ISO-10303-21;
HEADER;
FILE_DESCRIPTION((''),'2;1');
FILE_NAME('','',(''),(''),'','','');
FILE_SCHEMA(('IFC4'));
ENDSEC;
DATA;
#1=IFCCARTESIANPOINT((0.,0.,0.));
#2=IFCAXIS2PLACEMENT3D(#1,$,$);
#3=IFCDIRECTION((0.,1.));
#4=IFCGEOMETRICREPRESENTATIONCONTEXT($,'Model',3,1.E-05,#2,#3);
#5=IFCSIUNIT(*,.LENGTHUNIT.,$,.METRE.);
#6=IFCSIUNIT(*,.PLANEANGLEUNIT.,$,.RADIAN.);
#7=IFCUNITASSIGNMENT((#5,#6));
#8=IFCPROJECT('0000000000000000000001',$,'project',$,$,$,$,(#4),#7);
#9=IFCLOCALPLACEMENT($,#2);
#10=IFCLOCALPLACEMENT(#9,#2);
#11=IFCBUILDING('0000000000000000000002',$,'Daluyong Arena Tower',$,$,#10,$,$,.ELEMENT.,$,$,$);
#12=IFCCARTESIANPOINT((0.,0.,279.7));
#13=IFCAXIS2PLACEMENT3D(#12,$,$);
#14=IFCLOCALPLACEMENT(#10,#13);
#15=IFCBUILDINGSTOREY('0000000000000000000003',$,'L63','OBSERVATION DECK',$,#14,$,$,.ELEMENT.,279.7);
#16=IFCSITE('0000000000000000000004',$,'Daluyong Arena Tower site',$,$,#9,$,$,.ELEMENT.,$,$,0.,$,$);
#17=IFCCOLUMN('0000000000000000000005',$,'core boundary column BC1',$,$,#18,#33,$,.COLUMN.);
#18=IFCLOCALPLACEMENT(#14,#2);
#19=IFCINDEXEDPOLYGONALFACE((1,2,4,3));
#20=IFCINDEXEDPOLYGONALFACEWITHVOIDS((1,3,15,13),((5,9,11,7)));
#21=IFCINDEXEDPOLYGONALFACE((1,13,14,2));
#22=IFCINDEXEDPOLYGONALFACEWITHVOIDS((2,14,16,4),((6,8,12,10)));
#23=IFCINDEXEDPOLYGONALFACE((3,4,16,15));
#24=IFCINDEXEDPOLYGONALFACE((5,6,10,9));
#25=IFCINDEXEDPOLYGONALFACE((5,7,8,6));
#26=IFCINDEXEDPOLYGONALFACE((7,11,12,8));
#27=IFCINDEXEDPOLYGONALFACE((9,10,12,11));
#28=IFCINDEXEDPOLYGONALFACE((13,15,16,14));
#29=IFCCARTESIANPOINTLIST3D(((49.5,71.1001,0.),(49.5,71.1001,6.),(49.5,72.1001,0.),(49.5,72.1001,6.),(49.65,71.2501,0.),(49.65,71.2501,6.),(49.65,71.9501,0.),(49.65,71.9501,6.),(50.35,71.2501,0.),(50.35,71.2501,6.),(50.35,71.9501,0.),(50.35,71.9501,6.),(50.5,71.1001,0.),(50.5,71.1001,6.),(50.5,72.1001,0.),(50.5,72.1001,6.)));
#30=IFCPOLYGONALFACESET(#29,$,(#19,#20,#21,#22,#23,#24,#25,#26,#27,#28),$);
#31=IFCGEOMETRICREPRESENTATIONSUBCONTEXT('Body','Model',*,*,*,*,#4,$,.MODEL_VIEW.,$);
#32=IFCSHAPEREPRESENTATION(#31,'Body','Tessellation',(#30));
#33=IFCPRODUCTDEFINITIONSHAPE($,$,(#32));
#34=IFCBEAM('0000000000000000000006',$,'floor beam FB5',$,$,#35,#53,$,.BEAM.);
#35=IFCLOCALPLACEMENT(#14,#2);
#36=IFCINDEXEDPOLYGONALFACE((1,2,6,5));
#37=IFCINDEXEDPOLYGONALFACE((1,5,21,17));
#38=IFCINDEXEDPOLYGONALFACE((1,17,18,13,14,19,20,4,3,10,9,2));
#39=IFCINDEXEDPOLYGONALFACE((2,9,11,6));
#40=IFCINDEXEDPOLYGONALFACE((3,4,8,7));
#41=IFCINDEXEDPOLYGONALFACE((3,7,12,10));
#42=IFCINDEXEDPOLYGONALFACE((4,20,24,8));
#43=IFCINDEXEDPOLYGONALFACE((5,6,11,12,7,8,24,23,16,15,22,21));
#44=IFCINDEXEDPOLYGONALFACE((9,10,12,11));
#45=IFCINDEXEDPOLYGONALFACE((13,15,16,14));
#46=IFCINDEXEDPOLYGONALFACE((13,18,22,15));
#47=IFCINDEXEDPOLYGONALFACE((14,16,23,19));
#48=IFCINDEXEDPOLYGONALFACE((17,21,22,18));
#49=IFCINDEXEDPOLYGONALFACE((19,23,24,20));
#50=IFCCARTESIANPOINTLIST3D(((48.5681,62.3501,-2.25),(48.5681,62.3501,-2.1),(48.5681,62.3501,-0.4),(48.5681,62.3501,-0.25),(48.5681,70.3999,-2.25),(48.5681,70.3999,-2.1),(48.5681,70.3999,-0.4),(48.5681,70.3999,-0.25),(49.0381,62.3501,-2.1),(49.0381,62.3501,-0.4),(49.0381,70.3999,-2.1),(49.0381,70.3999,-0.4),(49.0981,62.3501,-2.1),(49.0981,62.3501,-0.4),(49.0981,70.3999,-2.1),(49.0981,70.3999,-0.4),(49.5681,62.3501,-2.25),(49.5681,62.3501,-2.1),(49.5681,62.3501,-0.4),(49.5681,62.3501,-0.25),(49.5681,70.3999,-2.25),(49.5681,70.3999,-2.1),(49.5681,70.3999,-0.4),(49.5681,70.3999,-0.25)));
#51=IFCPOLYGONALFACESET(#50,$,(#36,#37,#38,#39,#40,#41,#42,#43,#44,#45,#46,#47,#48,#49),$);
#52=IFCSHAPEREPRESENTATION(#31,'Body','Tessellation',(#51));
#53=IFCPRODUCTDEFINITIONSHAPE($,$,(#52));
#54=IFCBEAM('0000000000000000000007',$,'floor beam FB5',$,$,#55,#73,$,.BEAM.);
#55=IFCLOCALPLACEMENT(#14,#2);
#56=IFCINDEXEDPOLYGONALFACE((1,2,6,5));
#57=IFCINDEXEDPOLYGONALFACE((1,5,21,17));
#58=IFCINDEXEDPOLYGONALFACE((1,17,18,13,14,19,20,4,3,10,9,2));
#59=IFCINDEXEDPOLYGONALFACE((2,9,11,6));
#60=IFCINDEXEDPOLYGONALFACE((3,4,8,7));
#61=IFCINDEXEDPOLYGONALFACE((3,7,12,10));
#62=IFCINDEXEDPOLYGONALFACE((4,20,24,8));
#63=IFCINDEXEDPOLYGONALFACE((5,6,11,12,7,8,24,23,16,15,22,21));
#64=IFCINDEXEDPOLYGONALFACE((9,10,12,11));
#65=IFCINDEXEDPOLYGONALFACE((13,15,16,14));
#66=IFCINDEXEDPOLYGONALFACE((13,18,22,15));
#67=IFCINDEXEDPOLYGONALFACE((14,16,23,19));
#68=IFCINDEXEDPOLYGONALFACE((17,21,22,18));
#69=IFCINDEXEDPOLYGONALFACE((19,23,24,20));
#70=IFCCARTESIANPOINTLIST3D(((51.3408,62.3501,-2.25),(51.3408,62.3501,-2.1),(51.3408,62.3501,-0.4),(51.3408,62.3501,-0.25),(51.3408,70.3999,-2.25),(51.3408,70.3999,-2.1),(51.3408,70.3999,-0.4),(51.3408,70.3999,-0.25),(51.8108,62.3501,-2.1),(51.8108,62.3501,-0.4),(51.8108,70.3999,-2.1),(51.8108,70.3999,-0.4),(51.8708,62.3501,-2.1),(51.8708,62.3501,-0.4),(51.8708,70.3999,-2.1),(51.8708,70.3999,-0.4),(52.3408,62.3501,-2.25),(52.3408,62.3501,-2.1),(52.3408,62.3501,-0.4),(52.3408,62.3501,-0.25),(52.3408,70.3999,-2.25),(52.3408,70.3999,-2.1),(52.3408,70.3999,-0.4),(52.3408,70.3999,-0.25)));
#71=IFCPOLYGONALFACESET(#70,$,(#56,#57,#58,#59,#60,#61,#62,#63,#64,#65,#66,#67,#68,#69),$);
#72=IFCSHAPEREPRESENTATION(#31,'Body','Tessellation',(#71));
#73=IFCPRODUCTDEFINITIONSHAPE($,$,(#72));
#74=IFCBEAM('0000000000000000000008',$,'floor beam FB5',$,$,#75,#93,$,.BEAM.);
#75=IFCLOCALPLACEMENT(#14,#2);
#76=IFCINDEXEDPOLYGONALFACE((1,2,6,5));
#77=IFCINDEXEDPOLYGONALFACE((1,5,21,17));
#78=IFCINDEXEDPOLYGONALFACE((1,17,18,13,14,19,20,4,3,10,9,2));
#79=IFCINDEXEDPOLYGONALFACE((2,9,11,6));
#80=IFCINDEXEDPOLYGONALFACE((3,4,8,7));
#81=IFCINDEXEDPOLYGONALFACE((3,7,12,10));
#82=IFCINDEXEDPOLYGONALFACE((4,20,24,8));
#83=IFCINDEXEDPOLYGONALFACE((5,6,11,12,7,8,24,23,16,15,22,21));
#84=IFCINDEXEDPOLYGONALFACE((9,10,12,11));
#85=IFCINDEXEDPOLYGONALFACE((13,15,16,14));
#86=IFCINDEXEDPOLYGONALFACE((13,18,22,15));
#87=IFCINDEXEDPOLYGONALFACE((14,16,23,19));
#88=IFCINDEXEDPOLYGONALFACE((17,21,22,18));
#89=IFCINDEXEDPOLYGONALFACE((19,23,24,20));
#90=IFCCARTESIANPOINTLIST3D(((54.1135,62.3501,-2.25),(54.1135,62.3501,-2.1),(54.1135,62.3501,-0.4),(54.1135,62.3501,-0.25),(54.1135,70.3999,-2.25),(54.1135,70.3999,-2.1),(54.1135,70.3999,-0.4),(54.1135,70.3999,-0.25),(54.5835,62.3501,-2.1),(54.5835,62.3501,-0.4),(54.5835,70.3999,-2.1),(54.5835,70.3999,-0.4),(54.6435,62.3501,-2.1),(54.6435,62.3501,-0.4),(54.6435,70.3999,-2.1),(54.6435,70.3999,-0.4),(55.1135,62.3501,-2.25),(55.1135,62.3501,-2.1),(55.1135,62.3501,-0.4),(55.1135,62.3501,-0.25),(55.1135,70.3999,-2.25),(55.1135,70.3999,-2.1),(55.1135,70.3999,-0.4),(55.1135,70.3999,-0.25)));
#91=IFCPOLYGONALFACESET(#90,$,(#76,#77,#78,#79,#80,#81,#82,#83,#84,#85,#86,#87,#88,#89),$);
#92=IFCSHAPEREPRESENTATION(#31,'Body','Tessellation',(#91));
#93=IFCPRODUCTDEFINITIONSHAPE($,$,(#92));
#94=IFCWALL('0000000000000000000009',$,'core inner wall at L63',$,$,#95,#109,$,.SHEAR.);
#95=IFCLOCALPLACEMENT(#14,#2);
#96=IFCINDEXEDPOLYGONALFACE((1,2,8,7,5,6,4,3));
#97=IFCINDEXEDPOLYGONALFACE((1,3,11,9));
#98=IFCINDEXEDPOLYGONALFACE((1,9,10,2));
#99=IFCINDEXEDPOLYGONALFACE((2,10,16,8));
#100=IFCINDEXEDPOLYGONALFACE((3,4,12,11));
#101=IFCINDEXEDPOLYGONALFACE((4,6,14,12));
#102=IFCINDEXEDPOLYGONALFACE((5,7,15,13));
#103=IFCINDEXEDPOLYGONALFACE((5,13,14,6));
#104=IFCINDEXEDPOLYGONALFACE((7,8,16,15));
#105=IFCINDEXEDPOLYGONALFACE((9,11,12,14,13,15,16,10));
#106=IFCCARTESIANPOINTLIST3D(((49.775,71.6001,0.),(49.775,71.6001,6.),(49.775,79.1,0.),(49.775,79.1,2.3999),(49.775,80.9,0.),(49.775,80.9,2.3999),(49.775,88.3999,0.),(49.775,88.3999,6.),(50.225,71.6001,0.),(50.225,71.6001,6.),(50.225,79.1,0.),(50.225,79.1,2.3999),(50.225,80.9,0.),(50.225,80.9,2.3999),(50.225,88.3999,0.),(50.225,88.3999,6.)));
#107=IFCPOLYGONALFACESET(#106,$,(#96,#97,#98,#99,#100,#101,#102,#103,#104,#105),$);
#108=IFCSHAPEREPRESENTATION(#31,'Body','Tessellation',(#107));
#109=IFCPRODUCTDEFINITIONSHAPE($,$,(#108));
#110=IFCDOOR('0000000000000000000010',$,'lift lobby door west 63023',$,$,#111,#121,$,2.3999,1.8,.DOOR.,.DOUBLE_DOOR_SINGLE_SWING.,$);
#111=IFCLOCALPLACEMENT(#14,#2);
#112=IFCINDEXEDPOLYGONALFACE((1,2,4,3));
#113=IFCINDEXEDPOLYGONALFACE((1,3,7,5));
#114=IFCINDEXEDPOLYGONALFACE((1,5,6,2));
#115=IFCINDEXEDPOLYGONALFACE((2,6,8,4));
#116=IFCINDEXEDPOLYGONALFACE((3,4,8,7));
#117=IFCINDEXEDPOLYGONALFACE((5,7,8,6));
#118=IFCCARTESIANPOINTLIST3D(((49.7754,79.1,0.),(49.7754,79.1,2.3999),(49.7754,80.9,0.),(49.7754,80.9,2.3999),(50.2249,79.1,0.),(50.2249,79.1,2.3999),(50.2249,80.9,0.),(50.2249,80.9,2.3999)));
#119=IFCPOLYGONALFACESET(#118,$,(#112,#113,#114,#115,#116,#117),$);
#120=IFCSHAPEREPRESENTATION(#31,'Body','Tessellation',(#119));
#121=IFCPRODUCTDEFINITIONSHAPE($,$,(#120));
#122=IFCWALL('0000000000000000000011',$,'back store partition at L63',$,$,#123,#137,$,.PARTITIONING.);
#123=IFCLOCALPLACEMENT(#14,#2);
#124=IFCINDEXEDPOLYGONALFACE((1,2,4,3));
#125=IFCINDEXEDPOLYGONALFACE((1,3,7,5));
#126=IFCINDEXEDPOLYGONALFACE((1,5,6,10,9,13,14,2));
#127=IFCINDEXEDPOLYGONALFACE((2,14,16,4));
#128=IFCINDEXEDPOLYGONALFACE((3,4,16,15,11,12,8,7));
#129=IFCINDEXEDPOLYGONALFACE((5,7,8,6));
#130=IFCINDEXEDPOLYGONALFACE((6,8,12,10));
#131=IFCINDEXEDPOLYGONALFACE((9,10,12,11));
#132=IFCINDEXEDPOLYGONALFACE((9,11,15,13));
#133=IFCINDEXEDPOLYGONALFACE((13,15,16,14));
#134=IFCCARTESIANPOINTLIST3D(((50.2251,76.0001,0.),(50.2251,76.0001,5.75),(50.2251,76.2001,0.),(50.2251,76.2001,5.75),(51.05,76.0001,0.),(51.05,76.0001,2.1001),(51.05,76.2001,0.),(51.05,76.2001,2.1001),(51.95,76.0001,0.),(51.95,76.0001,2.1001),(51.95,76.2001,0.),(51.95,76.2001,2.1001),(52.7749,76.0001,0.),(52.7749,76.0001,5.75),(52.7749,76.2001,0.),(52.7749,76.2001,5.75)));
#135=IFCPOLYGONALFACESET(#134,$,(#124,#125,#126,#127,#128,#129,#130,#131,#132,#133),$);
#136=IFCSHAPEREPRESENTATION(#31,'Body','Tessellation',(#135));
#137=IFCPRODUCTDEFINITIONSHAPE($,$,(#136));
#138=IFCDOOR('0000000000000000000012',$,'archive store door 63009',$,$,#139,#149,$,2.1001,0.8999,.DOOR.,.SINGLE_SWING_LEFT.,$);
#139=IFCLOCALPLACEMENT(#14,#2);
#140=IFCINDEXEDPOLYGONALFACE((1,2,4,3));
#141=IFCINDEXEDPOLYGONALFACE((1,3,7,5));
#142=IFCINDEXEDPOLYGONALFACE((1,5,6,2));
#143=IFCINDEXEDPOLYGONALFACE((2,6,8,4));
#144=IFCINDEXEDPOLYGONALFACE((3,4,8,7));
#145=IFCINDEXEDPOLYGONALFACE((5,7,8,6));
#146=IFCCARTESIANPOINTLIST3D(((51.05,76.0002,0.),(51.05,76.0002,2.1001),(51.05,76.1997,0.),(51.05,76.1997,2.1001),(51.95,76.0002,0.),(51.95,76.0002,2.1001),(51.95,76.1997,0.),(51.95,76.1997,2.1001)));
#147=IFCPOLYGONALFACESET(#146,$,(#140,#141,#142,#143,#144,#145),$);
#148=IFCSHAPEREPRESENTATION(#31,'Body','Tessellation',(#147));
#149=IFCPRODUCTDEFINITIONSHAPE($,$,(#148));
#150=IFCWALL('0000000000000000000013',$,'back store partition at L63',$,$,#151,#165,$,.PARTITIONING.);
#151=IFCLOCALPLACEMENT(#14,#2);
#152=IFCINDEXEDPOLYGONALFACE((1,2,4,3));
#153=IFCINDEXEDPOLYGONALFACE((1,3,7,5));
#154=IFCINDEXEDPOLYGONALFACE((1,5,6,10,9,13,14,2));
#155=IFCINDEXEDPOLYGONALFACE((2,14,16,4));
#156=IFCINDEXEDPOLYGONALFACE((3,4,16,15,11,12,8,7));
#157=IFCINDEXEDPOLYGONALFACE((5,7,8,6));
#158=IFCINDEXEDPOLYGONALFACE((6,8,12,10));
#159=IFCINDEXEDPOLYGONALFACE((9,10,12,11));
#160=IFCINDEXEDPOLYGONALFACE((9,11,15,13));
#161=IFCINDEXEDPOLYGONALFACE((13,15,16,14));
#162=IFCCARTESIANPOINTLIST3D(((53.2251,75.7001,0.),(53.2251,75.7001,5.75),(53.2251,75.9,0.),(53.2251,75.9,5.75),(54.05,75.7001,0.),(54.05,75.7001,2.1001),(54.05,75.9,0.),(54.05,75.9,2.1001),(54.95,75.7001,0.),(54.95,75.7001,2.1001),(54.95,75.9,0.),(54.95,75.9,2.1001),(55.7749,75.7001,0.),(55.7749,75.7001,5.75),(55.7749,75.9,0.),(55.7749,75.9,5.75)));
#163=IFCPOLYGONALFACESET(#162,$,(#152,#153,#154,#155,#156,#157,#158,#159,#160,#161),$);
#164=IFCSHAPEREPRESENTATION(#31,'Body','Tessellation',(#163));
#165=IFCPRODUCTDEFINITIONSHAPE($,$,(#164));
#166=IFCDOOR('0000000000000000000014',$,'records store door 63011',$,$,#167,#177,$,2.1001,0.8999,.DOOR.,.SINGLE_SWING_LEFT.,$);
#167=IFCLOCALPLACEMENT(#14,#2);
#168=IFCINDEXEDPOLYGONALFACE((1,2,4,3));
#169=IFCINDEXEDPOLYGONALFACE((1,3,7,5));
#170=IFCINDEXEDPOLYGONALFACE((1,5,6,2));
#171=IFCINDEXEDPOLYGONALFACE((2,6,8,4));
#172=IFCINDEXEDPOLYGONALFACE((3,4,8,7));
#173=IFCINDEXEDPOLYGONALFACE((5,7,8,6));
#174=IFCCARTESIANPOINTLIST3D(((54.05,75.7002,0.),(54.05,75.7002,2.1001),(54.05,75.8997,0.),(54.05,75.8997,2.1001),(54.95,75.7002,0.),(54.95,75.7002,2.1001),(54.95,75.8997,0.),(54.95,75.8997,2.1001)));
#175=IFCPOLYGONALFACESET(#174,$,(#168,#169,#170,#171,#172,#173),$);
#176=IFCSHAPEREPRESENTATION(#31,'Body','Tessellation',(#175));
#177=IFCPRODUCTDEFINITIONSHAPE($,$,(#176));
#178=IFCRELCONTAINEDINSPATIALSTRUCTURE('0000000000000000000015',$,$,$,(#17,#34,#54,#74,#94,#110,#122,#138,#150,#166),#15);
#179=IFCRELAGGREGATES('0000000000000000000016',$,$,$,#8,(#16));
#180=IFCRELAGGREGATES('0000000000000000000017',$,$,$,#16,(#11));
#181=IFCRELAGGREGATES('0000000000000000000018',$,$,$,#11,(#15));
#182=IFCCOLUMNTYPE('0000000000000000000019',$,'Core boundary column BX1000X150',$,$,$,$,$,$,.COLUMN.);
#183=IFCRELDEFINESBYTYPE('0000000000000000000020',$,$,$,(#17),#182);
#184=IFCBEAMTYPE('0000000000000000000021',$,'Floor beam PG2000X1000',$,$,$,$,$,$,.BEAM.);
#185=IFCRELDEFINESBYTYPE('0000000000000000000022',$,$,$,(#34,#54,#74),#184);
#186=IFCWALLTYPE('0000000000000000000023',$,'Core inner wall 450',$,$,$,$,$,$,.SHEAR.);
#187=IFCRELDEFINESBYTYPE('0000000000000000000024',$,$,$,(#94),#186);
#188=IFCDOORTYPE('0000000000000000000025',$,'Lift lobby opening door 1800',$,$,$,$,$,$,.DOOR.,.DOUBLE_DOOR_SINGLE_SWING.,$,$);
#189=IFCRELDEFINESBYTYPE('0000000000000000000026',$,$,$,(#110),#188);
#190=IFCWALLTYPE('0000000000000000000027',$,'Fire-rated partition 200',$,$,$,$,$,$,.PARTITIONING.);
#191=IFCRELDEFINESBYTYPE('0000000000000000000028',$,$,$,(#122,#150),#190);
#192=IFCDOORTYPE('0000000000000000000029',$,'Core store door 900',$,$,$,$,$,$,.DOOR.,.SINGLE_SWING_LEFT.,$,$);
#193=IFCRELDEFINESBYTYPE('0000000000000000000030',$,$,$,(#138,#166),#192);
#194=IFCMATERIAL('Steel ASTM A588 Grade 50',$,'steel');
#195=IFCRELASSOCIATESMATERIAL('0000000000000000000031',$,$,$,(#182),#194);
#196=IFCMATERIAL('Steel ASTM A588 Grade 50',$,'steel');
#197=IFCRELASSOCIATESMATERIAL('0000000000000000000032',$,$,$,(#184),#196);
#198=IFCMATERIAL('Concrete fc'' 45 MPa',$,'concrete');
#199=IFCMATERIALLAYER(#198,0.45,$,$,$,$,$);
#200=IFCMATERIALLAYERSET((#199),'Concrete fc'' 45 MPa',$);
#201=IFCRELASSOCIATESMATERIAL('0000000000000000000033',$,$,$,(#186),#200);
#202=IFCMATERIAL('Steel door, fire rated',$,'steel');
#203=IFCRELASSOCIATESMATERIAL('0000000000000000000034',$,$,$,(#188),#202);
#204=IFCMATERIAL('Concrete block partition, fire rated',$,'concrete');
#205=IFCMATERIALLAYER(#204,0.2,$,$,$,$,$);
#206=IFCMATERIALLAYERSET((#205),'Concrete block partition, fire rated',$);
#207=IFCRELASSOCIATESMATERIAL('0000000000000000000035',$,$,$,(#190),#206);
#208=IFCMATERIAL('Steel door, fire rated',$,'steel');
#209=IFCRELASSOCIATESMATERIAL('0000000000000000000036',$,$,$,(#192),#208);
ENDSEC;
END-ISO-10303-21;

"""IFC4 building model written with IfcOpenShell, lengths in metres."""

from ifc_helpers import new_model, si_unit, direction, frame, frame_2d, origin, origin_2d, place, context, subcontext, project, spatial, rectangle, hollow_rectangle, i_section, extrude, material, layer, layer_set, material_profile, profile_set, type_object, element, fill, save


model = new_model("IFC4")

# Units and contexts
model_context = context("Model", 3, precision=1e-05, world=origin(), true_north=direction((0.0, 1.0)))
body_context = subcontext(model_context, "Body", "Model", "MODEL_VIEW")
ifc_project = project(units=[si_unit("LENGTHUNIT", "METRE"), si_unit("PLANEANGLEUNIT", "RADIAN")], contexts=[model_context])

# Site, building, storey
site_placement = place(None, origin())
site = spatial("IfcSite", under=ifc_project, at=site_placement, Name="Daluyong Arena Tower site", CompositionType="ELEMENT", RefElevation=0.0)
building_placement = place(site_placement, origin())
building = spatial("IfcBuilding", under=site, at=building_placement, Name="Daluyong Arena Tower", CompositionType="ELEMENT")
storey_placement = place(building_placement, frame((0.0, 0.0, 279.7)))
storey = spatial("IfcBuildingStorey", under=building, at=storey_placement, Name="L63", Description="OBSERVATION DECK", CompositionType="ELEMENT", Elevation=279.7)

# Column
ifc_material_1 = material(Name="Steel ASTM A588 Grade 50", Category="steel")
ifc_material_profile_1 = material_profile(ifc_material_1, hollow_rectangle(XDim=1.0, YDim=1.0, WallThickness=0.15, at=origin_2d()))
ifc_profile_set_1 = profile_set([ifc_material_profile_1], Name="Steel ASTM A588 Grade 50")
column_type = type_object("IfcColumnType", Name="Core boundary column BX1000X150", PredefinedType="COLUMN", material=ifc_profile_set_1)
column_placement = place(storey_placement, frame((50.0, 71.6001, 0.0), z_axis=(0.0, 0.0, 1.0), x_axis=(1.0, 0.0, 0.0)))
element("IfcColumn", 1, at=column_placement, inside=storey, type_object=column_type, Name="core boundary column BC1", PredefinedType="COLUMN", context=body_context, shape_type="SweptSolid", body=[
    extrude(hollow_rectangle(XDim=1.0, YDim=1.0, WallThickness=0.15, at=origin_2d()), origin(), (0.0, 0.0, 1.0), 6.0),
])

# Beams
ifc_material_2 = material(Name="Steel ASTM A588 Grade 50", Category="steel")
ifc_material_profile_2 = material_profile(ifc_material_2, i_section(OverallWidth=1.0, OverallDepth=2.0, WebThickness=0.06, FlangeThickness=0.15, at=origin_2d()))
ifc_profile_set_2 = profile_set([ifc_material_profile_2], Name="Steel ASTM A588 Grade 50")
beam_type = type_object("IfcBeamType", Name="Floor beam PG2000X1000", PredefinedType="BEAM", material=ifc_profile_set_2)
for number, where, z_axis, x_axis, name in (
    (2, (49.0681, 62.3501, -1.25), (0.0, 1.0, 0.0), (-1.0, 0.0, 0.0), "floor beam FB5"),
    (3, (51.8408, 62.3501, -1.25), (0.0, 1.0, 0.0), (-1.0, 0.0, 0.0), "floor beam FB5"),
    (4, (54.6135, 62.3501, -1.25), (0.0, 1.0, 0.0), (-1.0, 0.0, 0.0), "floor beam FB5"),
):
    element("IfcBeam", number, at=place(storey_placement, frame(where, z_axis=z_axis, x_axis=x_axis)), inside=storey, type_object=beam_type, Name=name, PredefinedType="BEAM", context=body_context, shape_type="SweptSolid", body=[
        extrude(i_section(OverallWidth=1.0, OverallDepth=2.0, WebThickness=0.06, FlangeThickness=0.15, at=origin_2d()), origin(), (0.0, 0.0, 1.0), 8.0498),
    ])

# Walls, openings, doors
ifc_material_3 = material(Name="Concrete fc' 45 MPa", Category="concrete")
ifc_layer_1 = layer(ifc_material_3, 0.45)
ifc_layer_set_1 = layer_set([ifc_layer_1], Name="Concrete fc' 45 MPa")
wall_type_1 = type_object("IfcWallType", Name="Core inner wall 450", PredefinedType="SHEAR", material=ifc_layer_set_1)
wall_1_placement = place(storey_placement, frame((50.0, 71.6001, 0.0), z_axis=(0.0, 0.0, 1.0), x_axis=(0.0, 1.0, 0.0)))
wall_1 = element("IfcWall", 5, at=wall_1_placement, inside=storey, type_object=wall_type_1, Name="core inner wall at L63", PredefinedType="SHEAR", context=body_context, shape_type="SweptSolid", body=[
    extrude(rectangle(XDim=16.7998, YDim=0.45, at=frame_2d((8.3999, 0.0))), origin(), (0.0, 0.0, 1.0), 6.0),
])
opening_1_placement = place(wall_1_placement, frame((7.5, 0.0, 0.0)))
opening_1 = element("IfcOpeningElement", 6, at=opening_1_placement, cuts=wall_1, PredefinedType="OPENING", context=body_context, shape_type="SweptSolid", body=[
    extrude(rectangle(XDim=1.8, YDim=2.3999, at=frame_2d((0.8999, 1.2))), frame((0.0, 0.2349, 0.0), z_axis=(0.0, -1.0, 0.0), x_axis=(1.0, 0.0, 0.0)), (0.0, 0.0, 1.0), 0.47),
])
ifc_material_4 = material(Name="Steel door, fire rated", Category="steel")
door_type_1 = type_object("IfcDoorType", Name="Lift lobby opening door 1800", OperationType="DOUBLE_DOOR_SINGLE_SWING", PredefinedType="DOOR", material=ifc_material_4)
door_1_placement = place(opening_1_placement, origin())
door_1 = element("IfcDoor", 7, at=door_1_placement, inside=storey, type_object=door_type_1, Name="lift lobby door west 63023", OperationType="DOUBLE_DOOR_SINGLE_SWING", OverallHeight=2.3999, OverallWidth=1.8, PredefinedType="DOOR", context=body_context, shape_type="SweptSolid", body=[
    extrude(rectangle(XDim=1.8, YDim=2.3999, at=frame_2d((0.8999, 1.2))), frame((0.0, 0.2246, 0.0), z_axis=(0.0, -1.0, 0.0), x_axis=(1.0, 0.0, 0.0)), (0.0, 0.0, 1.0), 0.4495),
])
fill(opening_1, door_1)
ifc_material_5 = material(Name="Concrete block partition, fire rated", Category="concrete")
ifc_layer_2 = layer(ifc_material_5, 0.2)
ifc_layer_set_2 = layer_set([ifc_layer_2], Name="Concrete block partition, fire rated")
wall_type_2 = type_object("IfcWallType", Name="Fire-rated partition 200", PredefinedType="PARTITIONING", material=ifc_layer_set_2)
wall_2_placement = place(storey_placement, frame((50.2251, 76.1001, 0.0), z_axis=(0.0, 0.0, 1.0), x_axis=(1.0, 0.0, 0.0)))
wall_2 = element("IfcWall", 8, at=wall_2_placement, inside=storey, type_object=wall_type_2, Name="back store partition at L63", PredefinedType="PARTITIONING", context=body_context, shape_type="SweptSolid", body=[
    extrude(rectangle(XDim=2.5498, YDim=0.2, at=frame_2d((1.2749, 0.0))), origin(), (0.0, 0.0, 1.0), 5.75),
])
opening_2_placement = place(wall_2_placement, frame((0.825, 0.0, 0.0)))
opening_2 = element("IfcOpeningElement", 9, at=opening_2_placement, cuts=wall_2, PredefinedType="OPENING", context=body_context, shape_type="SweptSolid", body=[
    extrude(rectangle(XDim=0.8999, YDim=2.1001, at=frame_2d((0.45, 1.05))), frame((0.0, 0.1099, 0.0), z_axis=(0.0, -1.0, 0.0), x_axis=(1.0, 0.0, 0.0)), (0.0, 0.0, 1.0), 0.22),
])
ifc_material_6 = material(Name="Steel door, fire rated", Category="steel")
door_type_2 = type_object("IfcDoorType", Name="Core store door 900", OperationType="SINGLE_SWING_LEFT", PredefinedType="DOOR", material=ifc_material_6)
door_2_placement = place(opening_2_placement, origin())
door_2 = element("IfcDoor", 10, at=door_2_placement, inside=storey, type_object=door_type_2, Name="archive store door 63009", OperationType="SINGLE_SWING_LEFT", OverallHeight=2.1001, OverallWidth=0.8999, PredefinedType="DOOR", context=body_context, shape_type="SweptSolid", body=[
    extrude(rectangle(XDim=0.8999, YDim=2.1001, at=frame_2d((0.45, 1.05))), frame((0.0, 0.0996, 0.0), z_axis=(0.0, -1.0, 0.0), x_axis=(1.0, 0.0, 0.0)), (0.0, 0.0, 1.0), 0.1995),
])
fill(opening_2, door_2)
wall_3_placement = place(storey_placement, frame((53.2251, 75.8, 0.0), z_axis=(0.0, 0.0, 1.0), x_axis=(1.0, 0.0, 0.0)))
wall_3 = element("IfcWall", 11, at=wall_3_placement, inside=storey, type_object=wall_type_2, Name="back store partition at L63", PredefinedType="PARTITIONING", context=body_context, shape_type="SweptSolid", body=[
    extrude(rectangle(XDim=2.5498, YDim=0.2, at=frame_2d((1.2749, 0.0))), origin(), (0.0, 0.0, 1.0), 5.75),
])
opening_3_placement = place(wall_3_placement, frame((0.825, 0.0, 0.0)))
opening_3 = element("IfcOpeningElement", 12, at=opening_3_placement, cuts=wall_3, PredefinedType="OPENING", context=body_context, shape_type="SweptSolid", body=[
    extrude(rectangle(XDim=0.8999, YDim=2.1001, at=frame_2d((0.45, 1.05))), frame((0.0, 0.1099, 0.0), z_axis=(0.0, -1.0, 0.0), x_axis=(1.0, 0.0, 0.0)), (0.0, 0.0, 1.0), 0.22),
])
door_3_placement = place(opening_3_placement, origin())
door_3 = element("IfcDoor", 13, at=door_3_placement, inside=storey, type_object=door_type_2, Name="records store door 63011", OperationType="SINGLE_SWING_LEFT", OverallHeight=2.1001, OverallWidth=0.8999, PredefinedType="DOOR", context=body_context, shape_type="SweptSolid", body=[
    extrude(rectangle(XDim=0.8999, YDim=2.1001, at=frame_2d((0.45, 1.05))), frame((0.0, 0.0996, 0.0), z_axis=(0.0, -1.0, 0.0), x_axis=(1.0, 0.0, 0.0)), (0.0, 0.0, 1.0), 0.1995),
])
fill(opening_3, door_3)

save(model, "model.ifc")
